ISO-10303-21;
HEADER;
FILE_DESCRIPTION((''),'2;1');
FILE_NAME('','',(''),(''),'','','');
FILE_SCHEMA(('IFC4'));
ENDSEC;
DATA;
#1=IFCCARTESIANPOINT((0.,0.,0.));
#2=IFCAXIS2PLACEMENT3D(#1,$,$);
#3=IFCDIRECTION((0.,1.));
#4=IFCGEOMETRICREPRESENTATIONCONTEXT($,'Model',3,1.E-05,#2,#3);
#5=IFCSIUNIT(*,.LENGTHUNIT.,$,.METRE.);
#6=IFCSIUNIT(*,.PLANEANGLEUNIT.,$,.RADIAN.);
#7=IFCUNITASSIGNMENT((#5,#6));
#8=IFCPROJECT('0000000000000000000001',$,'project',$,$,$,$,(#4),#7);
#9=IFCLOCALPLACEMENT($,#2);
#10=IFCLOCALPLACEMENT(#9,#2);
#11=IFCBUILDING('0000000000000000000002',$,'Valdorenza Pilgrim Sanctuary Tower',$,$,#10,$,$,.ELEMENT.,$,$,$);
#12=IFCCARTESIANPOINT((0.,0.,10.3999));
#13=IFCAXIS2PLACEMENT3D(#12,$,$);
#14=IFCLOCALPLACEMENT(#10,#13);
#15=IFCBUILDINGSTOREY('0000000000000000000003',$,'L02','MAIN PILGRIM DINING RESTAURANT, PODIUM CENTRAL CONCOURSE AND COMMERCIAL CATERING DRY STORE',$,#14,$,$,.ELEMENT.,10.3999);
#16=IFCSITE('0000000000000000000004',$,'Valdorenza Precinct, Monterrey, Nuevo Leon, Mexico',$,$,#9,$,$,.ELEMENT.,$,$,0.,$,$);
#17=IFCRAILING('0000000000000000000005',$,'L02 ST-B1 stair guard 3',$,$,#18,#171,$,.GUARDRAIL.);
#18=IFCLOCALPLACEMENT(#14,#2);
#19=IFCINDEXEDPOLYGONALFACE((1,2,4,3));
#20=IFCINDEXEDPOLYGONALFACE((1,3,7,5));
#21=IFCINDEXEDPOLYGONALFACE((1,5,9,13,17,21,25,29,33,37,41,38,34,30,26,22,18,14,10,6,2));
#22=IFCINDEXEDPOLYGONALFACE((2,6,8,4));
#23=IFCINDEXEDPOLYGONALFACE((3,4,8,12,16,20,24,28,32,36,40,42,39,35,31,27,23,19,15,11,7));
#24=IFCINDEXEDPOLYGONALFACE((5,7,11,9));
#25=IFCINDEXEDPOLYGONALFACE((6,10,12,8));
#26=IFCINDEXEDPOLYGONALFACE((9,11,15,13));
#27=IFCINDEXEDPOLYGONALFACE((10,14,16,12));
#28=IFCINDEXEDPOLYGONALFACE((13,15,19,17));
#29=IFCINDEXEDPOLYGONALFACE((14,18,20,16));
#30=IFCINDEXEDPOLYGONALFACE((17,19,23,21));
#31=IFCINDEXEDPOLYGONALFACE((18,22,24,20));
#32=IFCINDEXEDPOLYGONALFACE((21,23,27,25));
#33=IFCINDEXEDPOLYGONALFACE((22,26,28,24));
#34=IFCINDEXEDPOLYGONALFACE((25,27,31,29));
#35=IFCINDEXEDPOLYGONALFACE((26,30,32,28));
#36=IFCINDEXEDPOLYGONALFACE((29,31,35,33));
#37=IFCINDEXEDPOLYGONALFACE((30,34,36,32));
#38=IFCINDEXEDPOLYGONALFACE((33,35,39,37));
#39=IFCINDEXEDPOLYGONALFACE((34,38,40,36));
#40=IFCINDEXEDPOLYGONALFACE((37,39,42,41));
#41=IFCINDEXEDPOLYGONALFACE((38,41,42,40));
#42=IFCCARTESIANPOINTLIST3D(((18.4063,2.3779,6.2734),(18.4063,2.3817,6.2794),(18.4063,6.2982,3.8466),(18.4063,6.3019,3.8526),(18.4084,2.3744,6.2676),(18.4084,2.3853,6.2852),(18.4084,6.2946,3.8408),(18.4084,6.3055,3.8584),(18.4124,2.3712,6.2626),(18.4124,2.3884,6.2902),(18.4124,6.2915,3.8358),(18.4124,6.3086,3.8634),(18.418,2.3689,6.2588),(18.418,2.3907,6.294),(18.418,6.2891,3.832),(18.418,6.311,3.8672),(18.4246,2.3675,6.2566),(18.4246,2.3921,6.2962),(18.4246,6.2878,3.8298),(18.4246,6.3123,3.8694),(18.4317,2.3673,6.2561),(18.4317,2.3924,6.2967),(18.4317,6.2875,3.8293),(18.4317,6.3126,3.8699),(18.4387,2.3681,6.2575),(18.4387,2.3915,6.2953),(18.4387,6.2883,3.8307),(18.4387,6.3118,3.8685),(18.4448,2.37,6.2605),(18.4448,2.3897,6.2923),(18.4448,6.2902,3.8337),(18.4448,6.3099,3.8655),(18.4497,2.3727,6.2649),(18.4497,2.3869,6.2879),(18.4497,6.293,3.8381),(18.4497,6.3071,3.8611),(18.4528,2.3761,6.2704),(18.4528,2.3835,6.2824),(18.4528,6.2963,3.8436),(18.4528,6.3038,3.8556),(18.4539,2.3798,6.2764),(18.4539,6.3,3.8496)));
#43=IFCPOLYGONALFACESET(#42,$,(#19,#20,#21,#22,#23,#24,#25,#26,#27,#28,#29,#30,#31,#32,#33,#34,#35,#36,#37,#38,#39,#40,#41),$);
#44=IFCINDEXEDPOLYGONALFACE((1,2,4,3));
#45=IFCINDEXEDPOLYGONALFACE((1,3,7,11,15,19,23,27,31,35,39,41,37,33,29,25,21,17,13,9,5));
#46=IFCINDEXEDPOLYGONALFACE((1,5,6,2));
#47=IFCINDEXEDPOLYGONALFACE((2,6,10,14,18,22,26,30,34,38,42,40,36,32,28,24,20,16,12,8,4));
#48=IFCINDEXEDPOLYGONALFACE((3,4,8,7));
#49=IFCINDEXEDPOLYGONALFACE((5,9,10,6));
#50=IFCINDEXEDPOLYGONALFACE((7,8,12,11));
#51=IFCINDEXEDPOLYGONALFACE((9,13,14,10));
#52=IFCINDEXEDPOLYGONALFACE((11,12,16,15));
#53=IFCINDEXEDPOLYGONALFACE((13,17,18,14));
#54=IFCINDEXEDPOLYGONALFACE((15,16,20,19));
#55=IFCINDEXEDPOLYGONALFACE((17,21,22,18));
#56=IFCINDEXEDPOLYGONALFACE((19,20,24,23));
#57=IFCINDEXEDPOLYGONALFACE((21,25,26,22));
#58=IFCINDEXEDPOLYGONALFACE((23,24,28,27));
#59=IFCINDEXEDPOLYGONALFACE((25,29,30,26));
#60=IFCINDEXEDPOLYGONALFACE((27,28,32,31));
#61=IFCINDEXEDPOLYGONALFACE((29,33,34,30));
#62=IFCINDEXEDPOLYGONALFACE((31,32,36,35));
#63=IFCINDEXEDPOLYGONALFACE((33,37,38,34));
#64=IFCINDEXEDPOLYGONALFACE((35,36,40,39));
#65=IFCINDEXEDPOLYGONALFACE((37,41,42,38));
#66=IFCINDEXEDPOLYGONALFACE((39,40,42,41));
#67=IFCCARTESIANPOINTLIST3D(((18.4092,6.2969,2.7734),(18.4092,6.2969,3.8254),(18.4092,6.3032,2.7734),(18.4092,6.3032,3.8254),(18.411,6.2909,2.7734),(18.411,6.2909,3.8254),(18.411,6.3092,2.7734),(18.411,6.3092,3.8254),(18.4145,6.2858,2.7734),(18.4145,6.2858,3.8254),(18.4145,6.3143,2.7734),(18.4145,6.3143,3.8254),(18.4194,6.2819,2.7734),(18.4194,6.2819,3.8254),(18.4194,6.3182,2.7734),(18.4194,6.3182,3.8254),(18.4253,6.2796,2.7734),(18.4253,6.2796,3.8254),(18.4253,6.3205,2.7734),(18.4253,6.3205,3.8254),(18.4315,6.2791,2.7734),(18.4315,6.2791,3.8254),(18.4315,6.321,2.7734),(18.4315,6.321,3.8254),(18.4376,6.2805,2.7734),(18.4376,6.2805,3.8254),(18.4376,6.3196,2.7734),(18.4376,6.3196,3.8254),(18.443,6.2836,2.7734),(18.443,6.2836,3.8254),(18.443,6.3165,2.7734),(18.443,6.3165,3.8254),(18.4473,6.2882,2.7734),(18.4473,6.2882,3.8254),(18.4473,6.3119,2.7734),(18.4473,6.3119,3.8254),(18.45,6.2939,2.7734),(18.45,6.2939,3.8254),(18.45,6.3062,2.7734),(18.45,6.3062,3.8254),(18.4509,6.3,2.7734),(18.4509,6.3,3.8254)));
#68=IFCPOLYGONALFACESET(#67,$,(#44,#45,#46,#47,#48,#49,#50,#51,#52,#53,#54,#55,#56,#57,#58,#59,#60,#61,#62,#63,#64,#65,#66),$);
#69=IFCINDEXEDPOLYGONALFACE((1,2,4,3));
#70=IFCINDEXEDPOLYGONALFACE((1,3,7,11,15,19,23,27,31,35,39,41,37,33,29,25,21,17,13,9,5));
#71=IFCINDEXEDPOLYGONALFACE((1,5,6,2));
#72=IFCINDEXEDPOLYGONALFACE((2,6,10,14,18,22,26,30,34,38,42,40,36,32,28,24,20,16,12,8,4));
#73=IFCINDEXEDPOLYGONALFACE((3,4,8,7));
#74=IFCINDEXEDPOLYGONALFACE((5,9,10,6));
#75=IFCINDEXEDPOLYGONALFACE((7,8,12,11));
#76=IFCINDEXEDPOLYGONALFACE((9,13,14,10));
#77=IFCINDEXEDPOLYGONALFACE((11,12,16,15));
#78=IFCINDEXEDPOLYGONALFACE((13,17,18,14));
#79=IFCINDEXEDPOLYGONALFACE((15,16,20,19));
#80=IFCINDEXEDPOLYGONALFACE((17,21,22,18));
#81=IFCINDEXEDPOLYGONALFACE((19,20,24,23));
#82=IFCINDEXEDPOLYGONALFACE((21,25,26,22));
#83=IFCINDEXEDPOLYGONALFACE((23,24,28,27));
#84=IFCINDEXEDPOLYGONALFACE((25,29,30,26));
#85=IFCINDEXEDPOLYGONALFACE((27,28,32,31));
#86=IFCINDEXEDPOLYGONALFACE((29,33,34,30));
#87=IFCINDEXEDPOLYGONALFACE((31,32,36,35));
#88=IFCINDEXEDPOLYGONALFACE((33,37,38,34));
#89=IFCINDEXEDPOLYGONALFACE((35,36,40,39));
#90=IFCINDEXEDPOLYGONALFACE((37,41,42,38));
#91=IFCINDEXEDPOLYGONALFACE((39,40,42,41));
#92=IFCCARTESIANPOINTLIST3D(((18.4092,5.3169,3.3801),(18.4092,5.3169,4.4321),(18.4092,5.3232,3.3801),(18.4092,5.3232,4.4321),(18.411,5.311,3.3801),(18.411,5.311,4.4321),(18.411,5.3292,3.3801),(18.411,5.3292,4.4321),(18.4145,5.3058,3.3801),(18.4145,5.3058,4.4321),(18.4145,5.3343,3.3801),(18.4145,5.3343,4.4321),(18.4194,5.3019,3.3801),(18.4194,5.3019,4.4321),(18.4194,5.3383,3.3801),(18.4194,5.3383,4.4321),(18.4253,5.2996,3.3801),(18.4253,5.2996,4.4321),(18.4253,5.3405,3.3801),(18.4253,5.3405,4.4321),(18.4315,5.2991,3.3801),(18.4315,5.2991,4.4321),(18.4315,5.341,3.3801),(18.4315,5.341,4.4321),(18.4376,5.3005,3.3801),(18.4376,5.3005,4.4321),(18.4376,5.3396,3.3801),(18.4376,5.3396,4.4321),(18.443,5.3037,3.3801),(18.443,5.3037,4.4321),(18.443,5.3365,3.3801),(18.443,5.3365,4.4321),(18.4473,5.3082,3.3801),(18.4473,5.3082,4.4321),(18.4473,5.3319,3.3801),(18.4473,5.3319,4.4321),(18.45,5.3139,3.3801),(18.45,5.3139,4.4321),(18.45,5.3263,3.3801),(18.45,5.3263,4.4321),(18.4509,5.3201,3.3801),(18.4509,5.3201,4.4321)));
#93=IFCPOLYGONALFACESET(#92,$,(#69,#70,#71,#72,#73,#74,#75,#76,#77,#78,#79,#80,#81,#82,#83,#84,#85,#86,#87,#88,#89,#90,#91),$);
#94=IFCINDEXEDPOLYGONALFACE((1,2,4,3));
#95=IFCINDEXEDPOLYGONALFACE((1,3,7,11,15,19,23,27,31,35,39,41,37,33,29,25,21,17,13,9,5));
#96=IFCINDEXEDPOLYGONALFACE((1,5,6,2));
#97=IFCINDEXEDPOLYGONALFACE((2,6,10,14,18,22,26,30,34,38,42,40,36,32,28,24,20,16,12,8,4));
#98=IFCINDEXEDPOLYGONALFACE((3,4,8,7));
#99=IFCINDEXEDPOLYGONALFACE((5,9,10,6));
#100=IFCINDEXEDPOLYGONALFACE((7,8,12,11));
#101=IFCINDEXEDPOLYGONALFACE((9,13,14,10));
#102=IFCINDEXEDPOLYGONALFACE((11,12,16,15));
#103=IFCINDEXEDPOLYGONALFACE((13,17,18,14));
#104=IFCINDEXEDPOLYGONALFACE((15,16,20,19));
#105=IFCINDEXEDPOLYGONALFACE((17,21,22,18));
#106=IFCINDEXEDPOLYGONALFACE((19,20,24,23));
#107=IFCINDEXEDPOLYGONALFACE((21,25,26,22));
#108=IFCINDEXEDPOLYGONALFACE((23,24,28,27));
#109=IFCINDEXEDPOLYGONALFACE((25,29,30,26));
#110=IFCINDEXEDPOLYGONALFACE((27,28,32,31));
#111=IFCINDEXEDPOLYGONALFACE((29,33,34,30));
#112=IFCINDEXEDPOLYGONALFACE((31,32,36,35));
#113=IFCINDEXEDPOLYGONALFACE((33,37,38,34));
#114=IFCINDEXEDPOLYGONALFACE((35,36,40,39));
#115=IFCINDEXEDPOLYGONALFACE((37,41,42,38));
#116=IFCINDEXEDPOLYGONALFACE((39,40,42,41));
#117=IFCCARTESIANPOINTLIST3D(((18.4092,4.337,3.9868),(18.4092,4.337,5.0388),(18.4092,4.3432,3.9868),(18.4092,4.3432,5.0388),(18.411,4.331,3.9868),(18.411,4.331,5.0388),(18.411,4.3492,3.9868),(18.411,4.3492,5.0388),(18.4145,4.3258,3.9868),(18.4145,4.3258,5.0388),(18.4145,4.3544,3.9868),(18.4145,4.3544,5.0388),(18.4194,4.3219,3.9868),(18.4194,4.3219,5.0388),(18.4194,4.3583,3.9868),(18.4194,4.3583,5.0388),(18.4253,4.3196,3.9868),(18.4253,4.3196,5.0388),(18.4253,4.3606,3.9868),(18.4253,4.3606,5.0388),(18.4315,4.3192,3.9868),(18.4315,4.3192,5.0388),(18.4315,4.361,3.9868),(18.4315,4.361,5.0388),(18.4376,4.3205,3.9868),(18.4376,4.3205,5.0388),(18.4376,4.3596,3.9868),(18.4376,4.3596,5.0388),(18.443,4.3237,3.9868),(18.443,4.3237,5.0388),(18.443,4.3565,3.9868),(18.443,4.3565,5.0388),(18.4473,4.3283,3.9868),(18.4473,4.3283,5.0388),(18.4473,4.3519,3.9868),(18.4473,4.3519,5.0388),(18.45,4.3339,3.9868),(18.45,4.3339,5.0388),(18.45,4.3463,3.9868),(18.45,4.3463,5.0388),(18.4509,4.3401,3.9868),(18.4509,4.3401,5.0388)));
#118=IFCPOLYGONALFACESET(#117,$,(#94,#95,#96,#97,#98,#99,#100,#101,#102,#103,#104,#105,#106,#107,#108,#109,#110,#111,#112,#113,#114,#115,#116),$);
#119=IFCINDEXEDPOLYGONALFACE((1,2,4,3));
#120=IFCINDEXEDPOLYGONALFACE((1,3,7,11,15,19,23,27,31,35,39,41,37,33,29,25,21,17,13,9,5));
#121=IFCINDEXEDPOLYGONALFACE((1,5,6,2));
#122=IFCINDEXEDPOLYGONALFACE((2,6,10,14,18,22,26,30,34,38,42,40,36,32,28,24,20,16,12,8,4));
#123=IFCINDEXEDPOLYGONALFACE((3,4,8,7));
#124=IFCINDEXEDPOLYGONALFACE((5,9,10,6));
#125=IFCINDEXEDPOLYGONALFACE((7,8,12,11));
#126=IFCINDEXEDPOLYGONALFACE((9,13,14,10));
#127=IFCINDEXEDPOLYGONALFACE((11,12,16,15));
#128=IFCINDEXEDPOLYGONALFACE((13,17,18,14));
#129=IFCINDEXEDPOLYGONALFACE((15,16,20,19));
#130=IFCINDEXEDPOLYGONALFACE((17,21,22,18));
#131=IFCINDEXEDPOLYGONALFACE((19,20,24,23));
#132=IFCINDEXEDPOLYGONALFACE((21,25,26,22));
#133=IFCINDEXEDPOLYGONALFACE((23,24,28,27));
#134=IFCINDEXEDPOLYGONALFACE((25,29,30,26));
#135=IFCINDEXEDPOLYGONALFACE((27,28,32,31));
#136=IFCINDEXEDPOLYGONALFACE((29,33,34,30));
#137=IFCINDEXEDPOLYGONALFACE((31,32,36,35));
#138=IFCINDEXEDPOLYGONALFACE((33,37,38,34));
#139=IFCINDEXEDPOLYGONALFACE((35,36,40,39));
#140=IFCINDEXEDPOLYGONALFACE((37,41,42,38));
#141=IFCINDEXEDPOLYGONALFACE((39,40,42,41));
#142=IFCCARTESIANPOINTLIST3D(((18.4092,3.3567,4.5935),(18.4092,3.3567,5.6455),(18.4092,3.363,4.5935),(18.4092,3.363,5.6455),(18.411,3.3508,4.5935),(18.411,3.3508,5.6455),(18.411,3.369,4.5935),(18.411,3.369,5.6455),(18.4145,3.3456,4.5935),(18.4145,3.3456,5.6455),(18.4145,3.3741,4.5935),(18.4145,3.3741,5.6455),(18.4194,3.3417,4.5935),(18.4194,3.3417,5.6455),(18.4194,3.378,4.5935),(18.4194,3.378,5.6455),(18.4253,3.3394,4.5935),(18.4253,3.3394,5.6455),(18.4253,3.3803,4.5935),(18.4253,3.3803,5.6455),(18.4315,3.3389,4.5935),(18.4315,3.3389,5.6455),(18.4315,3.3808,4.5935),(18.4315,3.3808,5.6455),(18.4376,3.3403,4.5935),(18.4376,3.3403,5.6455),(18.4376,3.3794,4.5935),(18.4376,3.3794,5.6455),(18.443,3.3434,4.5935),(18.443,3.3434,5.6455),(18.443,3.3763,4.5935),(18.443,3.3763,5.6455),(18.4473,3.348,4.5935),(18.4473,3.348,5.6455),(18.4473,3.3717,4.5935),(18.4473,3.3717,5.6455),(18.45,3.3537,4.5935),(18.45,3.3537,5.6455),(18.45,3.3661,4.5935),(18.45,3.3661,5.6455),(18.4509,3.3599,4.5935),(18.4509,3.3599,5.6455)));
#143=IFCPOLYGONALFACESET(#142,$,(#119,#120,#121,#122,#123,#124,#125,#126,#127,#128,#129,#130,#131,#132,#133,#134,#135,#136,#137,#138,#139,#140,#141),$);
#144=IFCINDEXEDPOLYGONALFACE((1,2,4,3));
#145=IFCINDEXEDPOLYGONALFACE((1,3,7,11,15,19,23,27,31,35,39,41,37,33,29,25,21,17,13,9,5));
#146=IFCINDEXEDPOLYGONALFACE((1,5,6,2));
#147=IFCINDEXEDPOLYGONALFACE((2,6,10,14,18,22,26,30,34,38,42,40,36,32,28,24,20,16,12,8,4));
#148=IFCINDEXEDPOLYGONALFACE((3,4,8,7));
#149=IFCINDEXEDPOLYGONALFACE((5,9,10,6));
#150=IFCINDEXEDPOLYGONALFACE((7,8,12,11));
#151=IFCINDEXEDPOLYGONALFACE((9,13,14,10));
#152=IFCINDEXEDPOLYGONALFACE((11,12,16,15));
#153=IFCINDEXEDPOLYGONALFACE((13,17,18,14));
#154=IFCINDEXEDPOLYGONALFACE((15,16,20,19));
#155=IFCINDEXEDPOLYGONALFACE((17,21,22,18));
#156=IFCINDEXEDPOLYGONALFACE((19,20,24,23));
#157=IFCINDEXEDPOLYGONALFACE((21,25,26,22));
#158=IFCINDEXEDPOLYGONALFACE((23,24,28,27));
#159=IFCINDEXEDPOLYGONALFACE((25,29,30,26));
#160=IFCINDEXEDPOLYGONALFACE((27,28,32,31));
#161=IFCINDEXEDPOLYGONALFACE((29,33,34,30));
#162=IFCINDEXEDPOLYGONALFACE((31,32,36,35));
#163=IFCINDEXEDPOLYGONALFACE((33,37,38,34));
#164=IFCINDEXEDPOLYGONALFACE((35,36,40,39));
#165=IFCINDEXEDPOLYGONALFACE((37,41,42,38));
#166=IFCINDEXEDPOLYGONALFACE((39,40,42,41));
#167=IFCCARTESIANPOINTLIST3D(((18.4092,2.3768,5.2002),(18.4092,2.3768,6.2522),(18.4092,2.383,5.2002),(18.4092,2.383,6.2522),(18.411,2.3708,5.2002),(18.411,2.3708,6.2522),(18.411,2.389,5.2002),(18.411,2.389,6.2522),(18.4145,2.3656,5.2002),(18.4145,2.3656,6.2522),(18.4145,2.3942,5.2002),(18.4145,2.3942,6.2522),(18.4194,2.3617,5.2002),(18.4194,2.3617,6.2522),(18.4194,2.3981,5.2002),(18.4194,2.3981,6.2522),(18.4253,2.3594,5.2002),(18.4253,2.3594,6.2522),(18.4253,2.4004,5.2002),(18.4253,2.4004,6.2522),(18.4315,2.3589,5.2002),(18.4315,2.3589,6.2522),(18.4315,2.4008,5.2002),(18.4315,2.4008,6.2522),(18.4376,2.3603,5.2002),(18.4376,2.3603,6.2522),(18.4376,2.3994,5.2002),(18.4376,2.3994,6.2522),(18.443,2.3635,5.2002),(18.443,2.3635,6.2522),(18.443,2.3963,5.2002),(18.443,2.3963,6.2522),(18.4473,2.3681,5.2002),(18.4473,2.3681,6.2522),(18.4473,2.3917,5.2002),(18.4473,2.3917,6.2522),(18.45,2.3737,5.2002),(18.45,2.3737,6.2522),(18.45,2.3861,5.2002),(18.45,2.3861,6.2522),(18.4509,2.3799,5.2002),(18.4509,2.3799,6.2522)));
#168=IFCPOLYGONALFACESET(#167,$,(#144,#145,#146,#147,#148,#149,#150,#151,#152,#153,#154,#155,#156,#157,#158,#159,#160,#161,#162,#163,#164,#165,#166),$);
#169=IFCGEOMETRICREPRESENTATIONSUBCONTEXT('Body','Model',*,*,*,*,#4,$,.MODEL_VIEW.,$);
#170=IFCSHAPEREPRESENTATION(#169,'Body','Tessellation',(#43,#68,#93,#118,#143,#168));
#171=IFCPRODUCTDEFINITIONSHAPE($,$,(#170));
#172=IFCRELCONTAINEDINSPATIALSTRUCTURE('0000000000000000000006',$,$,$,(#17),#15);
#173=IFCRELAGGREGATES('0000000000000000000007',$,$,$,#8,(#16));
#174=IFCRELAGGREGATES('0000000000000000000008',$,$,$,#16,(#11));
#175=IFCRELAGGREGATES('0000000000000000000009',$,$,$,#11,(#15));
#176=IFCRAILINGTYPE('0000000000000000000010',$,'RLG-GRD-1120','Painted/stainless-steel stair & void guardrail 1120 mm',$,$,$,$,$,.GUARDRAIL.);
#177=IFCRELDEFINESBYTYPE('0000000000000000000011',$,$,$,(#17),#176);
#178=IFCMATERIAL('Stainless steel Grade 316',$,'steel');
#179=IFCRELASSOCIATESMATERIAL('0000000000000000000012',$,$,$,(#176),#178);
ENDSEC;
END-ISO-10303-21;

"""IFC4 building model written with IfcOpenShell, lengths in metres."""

from ifc_helpers import new_model, si_unit, direction, frame, origin, origin_2d, place, context, subcontext, project, spatial, circle, extrude, material, type_object, element, save


model = new_model("IFC4")

# Units and contexts
model_context = context("Model", 3, precision=1e-05, world=origin(), true_north=direction((0.0, 1.0)))
body_context = subcontext(model_context, "Body", "Model", "MODEL_VIEW")
ifc_project = project(units=[si_unit("LENGTHUNIT", "METRE"), si_unit("PLANEANGLEUNIT", "RADIAN")], contexts=[model_context])

# Site, building, storey
site_placement = place(None, origin())
site = spatial("IfcSite", under=ifc_project, at=site_placement, Name="Valdorenza Precinct, Monterrey, Nuevo Leon, Mexico", CompositionType="ELEMENT", RefElevation=0.0)
building_placement = place(site_placement, origin())
building = spatial("IfcBuilding", under=site, at=building_placement, Name="Valdorenza Pilgrim Sanctuary Tower", CompositionType="ELEMENT")
storey_placement = place(building_placement, frame((0.0, 0.0, 10.3999)))
storey = spatial("IfcBuildingStorey", under=building, at=storey_placement, Name="L02", Description="MAIN PILGRIM DINING RESTAURANT, PODIUM CENTRAL CONCOURSE AND COMMERCIAL CATERING DRY STORE", CompositionType="ELEMENT", Elevation=10.3999)

# Railing
ifc_material_1 = material(Name="Stainless steel Grade 316", Category="steel")
railing_type_1 = type_object("IfcRailingType", Name="RLG-GRD-1120", Description="Painted/stainless-steel stair & void guardrail 1120 mm", PredefinedType="GUARDRAIL", material=ifc_material_1)
railing_1_placement = place(storey_placement, frame((18.4299, 6.3, 2.7734)))
element("IfcRailing", 1, at=railing_1_placement, inside=storey, type_object=railing_type_1, Name="L02 ST-B1 stair guard 3", PredefinedType="GUARDRAIL", context=body_context, shape_type="SweptSolid", body=[
    extrude(circle(Radius=0.0239, at=origin_2d()), frame((0.0, 0.0, 1.0762), z_axis=(0.0, -0.850266, 0.526353), x_axis=(1.0, 0.0, 0.0)), (0.0, 0.0, 1.0), 4.6106),
    extrude(circle(Radius=0.021, at=origin_2d()), origin(), (0.0, 0.0, 1.0), 1.052),
    extrude(circle(Radius=0.021, at=origin_2d()), frame((0.0, -0.98, 0.6067)), (0.0, 0.0, 1.0), 1.052),
    extrude(circle(Radius=0.021, at=origin_2d()), frame((0.0, -1.96, 1.2134)), (0.0, 0.0, 1.0), 1.052),
    extrude(circle(Radius=0.021, at=origin_2d()), frame((0.0, -2.9402, 1.8201)), (0.0, 0.0, 1.0), 1.052),
    extrude(circle(Radius=0.021, at=origin_2d()), frame((0.0, -3.9202, 2.4268)), (0.0, 0.0, 1.0), 1.052),
])

save(model, "model.ifc")
